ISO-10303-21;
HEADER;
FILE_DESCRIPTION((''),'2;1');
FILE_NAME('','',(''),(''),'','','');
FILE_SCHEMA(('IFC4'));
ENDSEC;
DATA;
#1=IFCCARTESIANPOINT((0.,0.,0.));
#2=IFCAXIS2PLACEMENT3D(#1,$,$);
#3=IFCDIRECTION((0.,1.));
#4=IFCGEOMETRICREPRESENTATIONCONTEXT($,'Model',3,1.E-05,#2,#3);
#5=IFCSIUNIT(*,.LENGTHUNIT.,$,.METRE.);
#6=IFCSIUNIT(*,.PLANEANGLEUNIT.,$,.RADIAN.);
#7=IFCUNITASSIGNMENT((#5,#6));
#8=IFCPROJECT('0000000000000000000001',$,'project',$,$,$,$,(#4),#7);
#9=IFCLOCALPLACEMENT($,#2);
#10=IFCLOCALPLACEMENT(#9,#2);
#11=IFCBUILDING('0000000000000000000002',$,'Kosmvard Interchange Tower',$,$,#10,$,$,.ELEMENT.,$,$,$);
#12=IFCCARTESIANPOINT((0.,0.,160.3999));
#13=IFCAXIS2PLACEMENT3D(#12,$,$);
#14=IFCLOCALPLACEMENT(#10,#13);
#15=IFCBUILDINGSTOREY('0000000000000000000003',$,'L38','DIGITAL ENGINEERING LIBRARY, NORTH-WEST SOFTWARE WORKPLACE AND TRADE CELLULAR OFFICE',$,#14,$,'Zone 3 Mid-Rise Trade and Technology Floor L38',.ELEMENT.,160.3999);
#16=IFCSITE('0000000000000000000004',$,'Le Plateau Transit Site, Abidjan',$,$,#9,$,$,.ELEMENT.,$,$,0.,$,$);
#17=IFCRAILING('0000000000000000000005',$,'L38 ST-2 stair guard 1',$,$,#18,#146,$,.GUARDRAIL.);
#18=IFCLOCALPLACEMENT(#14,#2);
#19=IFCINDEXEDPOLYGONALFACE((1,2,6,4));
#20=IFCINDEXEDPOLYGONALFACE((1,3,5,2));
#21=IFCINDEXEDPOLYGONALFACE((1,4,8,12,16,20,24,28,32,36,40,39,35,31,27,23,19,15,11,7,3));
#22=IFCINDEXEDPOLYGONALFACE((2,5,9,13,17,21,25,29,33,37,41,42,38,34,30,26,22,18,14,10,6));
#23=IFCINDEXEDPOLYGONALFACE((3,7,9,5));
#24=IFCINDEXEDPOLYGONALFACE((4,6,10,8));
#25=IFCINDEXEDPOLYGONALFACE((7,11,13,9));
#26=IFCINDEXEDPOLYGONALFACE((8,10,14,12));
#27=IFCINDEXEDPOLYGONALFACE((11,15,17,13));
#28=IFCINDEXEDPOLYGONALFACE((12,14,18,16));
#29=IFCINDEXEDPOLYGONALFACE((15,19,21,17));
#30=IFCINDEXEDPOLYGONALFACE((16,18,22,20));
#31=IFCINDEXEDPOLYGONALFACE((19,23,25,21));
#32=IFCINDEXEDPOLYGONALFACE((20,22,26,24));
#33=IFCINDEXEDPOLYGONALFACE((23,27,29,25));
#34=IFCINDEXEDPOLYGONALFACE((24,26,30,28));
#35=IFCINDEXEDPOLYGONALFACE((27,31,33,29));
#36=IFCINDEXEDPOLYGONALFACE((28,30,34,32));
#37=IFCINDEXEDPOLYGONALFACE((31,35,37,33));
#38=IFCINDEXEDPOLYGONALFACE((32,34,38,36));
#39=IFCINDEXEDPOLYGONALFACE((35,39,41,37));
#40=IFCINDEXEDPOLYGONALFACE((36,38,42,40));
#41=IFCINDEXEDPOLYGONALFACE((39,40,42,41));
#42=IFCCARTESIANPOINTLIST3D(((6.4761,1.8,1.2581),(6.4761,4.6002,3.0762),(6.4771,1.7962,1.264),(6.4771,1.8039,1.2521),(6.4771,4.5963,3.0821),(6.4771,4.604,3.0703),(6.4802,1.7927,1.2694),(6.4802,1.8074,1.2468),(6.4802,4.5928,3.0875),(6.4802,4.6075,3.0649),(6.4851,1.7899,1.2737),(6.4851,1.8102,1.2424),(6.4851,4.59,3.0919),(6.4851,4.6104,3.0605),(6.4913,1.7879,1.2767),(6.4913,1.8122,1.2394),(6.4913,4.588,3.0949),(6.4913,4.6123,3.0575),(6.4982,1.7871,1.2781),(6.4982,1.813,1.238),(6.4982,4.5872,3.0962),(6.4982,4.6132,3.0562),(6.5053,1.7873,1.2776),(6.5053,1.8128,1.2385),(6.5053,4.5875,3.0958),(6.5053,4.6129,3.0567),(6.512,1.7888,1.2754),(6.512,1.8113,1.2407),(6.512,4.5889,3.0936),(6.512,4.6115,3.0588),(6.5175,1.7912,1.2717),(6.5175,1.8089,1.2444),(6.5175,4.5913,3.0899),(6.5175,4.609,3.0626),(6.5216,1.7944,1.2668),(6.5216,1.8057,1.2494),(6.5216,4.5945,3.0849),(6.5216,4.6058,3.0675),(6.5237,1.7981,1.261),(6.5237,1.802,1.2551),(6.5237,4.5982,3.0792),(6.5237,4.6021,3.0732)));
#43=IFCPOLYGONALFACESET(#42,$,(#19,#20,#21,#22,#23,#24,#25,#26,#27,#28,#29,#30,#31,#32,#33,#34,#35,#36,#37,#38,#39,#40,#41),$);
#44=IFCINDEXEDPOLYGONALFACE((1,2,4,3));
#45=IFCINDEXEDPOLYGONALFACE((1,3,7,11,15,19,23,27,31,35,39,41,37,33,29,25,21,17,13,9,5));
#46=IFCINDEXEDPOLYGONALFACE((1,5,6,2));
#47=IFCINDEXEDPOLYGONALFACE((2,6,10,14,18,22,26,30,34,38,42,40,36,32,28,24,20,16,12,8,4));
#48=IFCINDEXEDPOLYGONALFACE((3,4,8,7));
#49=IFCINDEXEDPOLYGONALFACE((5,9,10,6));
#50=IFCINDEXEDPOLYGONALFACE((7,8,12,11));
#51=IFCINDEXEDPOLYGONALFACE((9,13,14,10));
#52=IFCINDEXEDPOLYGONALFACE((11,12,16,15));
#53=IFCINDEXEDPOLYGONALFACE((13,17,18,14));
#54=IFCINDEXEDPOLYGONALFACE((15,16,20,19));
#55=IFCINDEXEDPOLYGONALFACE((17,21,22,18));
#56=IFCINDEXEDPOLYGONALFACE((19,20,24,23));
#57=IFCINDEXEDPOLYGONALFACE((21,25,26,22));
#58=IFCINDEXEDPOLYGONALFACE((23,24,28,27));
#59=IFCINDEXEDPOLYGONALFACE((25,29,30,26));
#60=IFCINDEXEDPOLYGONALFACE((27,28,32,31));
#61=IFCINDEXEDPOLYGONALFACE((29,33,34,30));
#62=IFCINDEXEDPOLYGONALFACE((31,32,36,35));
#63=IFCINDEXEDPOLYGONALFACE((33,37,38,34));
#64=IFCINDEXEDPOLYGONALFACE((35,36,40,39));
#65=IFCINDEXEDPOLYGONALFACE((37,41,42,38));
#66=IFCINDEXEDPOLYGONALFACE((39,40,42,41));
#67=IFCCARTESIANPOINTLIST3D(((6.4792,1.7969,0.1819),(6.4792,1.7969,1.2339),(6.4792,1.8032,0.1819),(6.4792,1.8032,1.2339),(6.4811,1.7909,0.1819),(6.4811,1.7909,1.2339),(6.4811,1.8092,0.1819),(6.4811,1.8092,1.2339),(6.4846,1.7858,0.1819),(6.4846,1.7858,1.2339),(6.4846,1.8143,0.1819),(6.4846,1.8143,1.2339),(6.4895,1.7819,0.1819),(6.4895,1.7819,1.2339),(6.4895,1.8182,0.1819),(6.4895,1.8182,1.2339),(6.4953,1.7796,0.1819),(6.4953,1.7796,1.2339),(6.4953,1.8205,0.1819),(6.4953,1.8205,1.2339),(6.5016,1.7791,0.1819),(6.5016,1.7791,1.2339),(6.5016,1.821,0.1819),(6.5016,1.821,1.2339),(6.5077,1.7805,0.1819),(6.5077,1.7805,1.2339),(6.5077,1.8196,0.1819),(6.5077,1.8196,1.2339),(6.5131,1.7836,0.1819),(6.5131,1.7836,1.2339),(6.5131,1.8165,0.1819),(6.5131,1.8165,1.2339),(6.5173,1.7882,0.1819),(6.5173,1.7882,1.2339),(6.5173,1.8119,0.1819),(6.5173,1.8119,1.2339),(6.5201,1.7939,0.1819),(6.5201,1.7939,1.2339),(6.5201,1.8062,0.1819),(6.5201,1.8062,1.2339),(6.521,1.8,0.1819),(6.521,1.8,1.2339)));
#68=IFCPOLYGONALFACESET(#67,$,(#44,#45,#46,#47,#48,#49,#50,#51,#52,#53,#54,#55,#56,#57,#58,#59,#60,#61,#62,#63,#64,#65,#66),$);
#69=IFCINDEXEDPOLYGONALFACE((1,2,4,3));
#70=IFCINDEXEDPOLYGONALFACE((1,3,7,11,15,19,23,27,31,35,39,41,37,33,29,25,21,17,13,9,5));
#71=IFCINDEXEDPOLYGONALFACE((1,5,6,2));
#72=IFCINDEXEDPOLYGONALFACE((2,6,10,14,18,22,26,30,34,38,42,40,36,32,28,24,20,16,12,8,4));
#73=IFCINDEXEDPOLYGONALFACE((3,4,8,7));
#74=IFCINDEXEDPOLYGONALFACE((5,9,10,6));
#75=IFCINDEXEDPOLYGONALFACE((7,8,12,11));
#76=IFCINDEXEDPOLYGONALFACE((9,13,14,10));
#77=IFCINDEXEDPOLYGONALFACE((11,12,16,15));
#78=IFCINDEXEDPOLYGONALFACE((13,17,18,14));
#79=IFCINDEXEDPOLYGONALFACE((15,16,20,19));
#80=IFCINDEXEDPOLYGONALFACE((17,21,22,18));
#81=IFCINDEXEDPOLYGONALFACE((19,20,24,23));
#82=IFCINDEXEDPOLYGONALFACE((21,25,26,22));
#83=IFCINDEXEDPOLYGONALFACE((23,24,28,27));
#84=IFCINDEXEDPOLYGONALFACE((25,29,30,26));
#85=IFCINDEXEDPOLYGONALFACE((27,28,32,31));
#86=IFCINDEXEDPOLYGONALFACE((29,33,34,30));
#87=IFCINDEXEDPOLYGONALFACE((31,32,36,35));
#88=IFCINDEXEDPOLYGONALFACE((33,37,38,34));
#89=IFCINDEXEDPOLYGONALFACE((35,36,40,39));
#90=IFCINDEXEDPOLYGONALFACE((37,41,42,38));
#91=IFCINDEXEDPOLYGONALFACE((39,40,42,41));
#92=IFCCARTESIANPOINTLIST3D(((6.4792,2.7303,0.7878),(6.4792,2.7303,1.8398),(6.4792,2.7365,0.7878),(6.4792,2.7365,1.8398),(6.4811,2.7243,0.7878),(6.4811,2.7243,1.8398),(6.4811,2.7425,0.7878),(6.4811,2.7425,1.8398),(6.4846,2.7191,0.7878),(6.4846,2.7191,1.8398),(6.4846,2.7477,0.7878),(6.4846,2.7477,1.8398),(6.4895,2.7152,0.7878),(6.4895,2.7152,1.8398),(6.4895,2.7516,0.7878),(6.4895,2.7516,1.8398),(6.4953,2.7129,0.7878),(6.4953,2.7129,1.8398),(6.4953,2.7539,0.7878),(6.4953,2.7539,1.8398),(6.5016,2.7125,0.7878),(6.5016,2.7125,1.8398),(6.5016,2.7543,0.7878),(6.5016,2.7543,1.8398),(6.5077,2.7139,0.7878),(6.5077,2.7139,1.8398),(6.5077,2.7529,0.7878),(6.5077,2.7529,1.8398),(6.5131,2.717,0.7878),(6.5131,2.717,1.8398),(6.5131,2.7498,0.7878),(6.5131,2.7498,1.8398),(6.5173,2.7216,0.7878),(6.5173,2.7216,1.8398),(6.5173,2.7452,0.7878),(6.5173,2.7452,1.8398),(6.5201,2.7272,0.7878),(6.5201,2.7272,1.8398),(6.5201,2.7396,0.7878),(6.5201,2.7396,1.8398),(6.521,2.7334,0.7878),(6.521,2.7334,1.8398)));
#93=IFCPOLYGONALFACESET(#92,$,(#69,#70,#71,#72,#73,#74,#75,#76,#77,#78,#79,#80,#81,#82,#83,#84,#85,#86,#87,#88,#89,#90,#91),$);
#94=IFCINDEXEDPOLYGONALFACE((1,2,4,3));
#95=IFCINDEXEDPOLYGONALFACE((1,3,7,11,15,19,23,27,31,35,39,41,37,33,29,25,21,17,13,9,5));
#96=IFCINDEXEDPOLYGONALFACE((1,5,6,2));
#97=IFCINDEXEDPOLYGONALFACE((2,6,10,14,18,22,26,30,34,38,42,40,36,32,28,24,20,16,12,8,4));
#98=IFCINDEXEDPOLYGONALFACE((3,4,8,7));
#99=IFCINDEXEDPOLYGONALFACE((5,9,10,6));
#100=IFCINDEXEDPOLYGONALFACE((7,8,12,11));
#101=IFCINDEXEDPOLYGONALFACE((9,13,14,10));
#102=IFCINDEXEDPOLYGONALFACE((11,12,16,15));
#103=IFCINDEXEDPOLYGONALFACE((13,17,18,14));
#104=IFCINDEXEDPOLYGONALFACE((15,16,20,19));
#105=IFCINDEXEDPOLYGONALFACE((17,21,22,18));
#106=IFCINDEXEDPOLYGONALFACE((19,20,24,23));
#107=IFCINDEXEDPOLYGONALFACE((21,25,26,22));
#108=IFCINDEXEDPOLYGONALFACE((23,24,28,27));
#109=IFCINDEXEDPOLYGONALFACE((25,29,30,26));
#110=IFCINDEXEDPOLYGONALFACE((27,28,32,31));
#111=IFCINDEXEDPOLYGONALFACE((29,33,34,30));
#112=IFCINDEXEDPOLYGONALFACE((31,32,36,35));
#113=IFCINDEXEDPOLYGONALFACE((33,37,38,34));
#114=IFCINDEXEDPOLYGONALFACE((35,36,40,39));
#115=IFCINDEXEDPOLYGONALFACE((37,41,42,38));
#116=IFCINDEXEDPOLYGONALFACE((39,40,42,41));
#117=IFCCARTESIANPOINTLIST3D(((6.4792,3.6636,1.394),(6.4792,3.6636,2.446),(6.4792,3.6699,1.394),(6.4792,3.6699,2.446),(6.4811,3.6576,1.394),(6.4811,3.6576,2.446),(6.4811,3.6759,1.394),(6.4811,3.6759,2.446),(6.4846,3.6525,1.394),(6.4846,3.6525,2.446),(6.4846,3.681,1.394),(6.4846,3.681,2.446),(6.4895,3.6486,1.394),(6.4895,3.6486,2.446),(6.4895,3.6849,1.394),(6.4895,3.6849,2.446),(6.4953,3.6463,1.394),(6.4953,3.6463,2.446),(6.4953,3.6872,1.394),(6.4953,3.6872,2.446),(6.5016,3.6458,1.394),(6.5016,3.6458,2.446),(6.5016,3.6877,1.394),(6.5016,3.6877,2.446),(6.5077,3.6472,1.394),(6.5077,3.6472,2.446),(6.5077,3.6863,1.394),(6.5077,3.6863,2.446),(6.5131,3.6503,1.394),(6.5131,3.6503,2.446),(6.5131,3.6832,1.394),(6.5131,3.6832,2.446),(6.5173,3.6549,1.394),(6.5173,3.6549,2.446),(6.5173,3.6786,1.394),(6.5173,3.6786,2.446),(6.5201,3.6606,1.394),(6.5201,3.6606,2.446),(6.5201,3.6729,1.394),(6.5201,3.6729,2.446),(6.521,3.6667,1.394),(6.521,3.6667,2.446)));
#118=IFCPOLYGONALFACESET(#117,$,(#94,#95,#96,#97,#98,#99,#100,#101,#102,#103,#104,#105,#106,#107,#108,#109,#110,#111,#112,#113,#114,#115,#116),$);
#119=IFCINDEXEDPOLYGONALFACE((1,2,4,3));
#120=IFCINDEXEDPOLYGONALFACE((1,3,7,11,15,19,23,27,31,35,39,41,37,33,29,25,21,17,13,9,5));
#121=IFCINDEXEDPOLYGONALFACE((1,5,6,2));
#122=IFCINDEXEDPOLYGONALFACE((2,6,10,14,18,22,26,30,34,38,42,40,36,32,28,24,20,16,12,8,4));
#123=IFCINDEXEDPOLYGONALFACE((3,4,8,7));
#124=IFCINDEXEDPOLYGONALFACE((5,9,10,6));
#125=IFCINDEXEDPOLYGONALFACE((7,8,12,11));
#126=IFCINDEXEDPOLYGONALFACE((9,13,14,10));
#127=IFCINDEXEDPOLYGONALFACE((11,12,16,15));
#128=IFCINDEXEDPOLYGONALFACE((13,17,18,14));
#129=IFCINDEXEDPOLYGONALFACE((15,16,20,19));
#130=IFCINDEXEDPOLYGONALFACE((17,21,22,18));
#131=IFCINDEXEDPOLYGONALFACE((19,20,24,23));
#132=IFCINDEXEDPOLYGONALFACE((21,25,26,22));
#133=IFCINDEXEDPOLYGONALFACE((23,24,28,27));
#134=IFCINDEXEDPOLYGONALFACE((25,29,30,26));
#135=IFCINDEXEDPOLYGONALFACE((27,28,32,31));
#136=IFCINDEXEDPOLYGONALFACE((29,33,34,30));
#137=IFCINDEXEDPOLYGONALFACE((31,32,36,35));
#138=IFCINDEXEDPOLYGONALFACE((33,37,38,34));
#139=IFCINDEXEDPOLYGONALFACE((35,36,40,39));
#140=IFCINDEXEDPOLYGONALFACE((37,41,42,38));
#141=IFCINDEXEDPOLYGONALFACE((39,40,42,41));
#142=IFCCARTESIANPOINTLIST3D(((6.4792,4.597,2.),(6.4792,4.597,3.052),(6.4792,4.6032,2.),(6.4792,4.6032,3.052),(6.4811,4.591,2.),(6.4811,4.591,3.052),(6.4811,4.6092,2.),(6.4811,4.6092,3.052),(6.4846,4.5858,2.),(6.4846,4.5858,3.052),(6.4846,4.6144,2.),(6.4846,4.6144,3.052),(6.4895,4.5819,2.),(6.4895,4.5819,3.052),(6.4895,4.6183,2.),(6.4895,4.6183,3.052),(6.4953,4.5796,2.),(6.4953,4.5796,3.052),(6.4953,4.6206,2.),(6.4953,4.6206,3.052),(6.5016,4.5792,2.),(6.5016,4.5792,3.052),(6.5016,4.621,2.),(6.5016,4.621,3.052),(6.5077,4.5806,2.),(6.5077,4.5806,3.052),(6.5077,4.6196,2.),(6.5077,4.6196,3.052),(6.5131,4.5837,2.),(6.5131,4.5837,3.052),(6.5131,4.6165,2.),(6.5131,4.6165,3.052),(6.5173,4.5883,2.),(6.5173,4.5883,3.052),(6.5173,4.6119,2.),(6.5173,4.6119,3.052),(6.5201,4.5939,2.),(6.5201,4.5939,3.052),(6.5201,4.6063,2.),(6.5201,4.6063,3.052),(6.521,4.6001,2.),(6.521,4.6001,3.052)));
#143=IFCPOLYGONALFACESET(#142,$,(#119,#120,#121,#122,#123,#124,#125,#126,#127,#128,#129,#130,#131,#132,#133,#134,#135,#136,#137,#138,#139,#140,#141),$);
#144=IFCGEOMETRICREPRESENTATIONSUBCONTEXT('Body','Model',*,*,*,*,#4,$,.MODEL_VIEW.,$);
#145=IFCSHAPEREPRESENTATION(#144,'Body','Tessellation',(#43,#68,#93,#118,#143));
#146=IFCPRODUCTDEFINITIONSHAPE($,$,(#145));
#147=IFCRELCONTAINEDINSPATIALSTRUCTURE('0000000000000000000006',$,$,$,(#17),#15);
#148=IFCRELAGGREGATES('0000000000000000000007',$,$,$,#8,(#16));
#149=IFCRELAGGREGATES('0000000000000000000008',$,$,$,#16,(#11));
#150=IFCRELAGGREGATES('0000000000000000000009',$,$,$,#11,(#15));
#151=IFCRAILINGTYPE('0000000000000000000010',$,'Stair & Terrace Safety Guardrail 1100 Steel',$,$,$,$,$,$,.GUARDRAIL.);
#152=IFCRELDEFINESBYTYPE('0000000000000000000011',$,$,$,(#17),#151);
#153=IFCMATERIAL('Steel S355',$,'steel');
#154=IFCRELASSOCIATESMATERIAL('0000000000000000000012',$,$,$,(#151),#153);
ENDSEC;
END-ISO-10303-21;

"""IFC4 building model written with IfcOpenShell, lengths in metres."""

from ifc_helpers import new_model, si_unit, direction, frame, origin, origin_2d, place, context, subcontext, project, spatial, circle, extrude, source, transform, mapped, material, type_object, element, save


model = new_model("IFC4")

# Units and contexts
model_context = context("Model", 3, precision=1e-05, world=origin(), true_north=direction((0.0, 1.0)))
body_context = subcontext(model_context, "Body", "Model", "MODEL_VIEW")
ifc_project = project(units=[si_unit("LENGTHUNIT", "METRE"), si_unit("PLANEANGLEUNIT", "RADIAN")], contexts=[model_context])

# Site, building, storey
site_placement = place(None, origin())
site = spatial("IfcSite", under=ifc_project, at=site_placement, Name="Le Plateau Transit Site, Abidjan", CompositionType="ELEMENT", RefElevation=0.0)
building_placement = place(site_placement, origin())
building = spatial("IfcBuilding", under=site, at=building_placement, Name="Kosmvard Interchange Tower", CompositionType="ELEMENT")
storey_placement = place(building_placement, frame((0.0, 0.0, 160.3999)))
storey = spatial("IfcBuildingStorey", under=building, at=storey_placement, Name="L38", Description="DIGITAL ENGINEERING LIBRARY, NORTH-WEST SOFTWARE WORKPLACE AND TRADE CELLULAR OFFICE", LongName="Zone 3 Mid-Rise Trade and Technology Floor L38", CompositionType="ELEMENT", Elevation=160.3999)

# Shared definitions
ifc_material_1 = material(Name="Steel S355", Category="steel")

# Railing
railing_type_1 = type_object("IfcRailingType", Name="Stair & Terrace Safety Guardrail 1100 Steel", PredefinedType="GUARDRAIL", material=ifc_material_1)
shared_shape_1 = source(origin(), body_context, "Body", "SweptSolid", [
    extrude(circle(Radius=0.0239, at=origin_2d()), frame((0.0, 0.0, 1.0762), z_axis=(0.0, 0.838706, 0.544585), x_axis=(-1.0, 0.0, 0.0)), (0.0, 0.0, 1.0), 3.3386),
    extrude(circle(Radius=0.021, at=origin_2d()), origin(), (0.0, 0.0, 1.0), 1.052),
    extrude(circle(Radius=0.021, at=origin_2d()), frame((0.0, 0.9333, 0.606)), (0.0, 0.0, 1.0), 1.052),
    extrude(circle(Radius=0.021, at=origin_2d()), frame((0.0, 1.8667, 1.2122)), (0.0, 0.0, 1.0), 1.052),
    extrude(circle(Radius=0.021, at=origin_2d()), frame((0.0, 2.8, 1.8181)), (0.0, 0.0, 1.0), 1.052),
])
railing_1_placement = place(storey_placement, frame((6.5, 1.8, 0.1819)))
element("IfcRailing", 1, at=railing_1_placement, inside=storey, type_object=railing_type_1, Name="L38 ST-2 stair guard 1", PredefinedType="GUARDRAIL", context=body_context, shape_type="MappedRepresentation", body=[
    mapped(shared_shape_1, transform((0.0, 0.0, 0.0), scale=1.0)),
])

save(model, "model.ifc")
